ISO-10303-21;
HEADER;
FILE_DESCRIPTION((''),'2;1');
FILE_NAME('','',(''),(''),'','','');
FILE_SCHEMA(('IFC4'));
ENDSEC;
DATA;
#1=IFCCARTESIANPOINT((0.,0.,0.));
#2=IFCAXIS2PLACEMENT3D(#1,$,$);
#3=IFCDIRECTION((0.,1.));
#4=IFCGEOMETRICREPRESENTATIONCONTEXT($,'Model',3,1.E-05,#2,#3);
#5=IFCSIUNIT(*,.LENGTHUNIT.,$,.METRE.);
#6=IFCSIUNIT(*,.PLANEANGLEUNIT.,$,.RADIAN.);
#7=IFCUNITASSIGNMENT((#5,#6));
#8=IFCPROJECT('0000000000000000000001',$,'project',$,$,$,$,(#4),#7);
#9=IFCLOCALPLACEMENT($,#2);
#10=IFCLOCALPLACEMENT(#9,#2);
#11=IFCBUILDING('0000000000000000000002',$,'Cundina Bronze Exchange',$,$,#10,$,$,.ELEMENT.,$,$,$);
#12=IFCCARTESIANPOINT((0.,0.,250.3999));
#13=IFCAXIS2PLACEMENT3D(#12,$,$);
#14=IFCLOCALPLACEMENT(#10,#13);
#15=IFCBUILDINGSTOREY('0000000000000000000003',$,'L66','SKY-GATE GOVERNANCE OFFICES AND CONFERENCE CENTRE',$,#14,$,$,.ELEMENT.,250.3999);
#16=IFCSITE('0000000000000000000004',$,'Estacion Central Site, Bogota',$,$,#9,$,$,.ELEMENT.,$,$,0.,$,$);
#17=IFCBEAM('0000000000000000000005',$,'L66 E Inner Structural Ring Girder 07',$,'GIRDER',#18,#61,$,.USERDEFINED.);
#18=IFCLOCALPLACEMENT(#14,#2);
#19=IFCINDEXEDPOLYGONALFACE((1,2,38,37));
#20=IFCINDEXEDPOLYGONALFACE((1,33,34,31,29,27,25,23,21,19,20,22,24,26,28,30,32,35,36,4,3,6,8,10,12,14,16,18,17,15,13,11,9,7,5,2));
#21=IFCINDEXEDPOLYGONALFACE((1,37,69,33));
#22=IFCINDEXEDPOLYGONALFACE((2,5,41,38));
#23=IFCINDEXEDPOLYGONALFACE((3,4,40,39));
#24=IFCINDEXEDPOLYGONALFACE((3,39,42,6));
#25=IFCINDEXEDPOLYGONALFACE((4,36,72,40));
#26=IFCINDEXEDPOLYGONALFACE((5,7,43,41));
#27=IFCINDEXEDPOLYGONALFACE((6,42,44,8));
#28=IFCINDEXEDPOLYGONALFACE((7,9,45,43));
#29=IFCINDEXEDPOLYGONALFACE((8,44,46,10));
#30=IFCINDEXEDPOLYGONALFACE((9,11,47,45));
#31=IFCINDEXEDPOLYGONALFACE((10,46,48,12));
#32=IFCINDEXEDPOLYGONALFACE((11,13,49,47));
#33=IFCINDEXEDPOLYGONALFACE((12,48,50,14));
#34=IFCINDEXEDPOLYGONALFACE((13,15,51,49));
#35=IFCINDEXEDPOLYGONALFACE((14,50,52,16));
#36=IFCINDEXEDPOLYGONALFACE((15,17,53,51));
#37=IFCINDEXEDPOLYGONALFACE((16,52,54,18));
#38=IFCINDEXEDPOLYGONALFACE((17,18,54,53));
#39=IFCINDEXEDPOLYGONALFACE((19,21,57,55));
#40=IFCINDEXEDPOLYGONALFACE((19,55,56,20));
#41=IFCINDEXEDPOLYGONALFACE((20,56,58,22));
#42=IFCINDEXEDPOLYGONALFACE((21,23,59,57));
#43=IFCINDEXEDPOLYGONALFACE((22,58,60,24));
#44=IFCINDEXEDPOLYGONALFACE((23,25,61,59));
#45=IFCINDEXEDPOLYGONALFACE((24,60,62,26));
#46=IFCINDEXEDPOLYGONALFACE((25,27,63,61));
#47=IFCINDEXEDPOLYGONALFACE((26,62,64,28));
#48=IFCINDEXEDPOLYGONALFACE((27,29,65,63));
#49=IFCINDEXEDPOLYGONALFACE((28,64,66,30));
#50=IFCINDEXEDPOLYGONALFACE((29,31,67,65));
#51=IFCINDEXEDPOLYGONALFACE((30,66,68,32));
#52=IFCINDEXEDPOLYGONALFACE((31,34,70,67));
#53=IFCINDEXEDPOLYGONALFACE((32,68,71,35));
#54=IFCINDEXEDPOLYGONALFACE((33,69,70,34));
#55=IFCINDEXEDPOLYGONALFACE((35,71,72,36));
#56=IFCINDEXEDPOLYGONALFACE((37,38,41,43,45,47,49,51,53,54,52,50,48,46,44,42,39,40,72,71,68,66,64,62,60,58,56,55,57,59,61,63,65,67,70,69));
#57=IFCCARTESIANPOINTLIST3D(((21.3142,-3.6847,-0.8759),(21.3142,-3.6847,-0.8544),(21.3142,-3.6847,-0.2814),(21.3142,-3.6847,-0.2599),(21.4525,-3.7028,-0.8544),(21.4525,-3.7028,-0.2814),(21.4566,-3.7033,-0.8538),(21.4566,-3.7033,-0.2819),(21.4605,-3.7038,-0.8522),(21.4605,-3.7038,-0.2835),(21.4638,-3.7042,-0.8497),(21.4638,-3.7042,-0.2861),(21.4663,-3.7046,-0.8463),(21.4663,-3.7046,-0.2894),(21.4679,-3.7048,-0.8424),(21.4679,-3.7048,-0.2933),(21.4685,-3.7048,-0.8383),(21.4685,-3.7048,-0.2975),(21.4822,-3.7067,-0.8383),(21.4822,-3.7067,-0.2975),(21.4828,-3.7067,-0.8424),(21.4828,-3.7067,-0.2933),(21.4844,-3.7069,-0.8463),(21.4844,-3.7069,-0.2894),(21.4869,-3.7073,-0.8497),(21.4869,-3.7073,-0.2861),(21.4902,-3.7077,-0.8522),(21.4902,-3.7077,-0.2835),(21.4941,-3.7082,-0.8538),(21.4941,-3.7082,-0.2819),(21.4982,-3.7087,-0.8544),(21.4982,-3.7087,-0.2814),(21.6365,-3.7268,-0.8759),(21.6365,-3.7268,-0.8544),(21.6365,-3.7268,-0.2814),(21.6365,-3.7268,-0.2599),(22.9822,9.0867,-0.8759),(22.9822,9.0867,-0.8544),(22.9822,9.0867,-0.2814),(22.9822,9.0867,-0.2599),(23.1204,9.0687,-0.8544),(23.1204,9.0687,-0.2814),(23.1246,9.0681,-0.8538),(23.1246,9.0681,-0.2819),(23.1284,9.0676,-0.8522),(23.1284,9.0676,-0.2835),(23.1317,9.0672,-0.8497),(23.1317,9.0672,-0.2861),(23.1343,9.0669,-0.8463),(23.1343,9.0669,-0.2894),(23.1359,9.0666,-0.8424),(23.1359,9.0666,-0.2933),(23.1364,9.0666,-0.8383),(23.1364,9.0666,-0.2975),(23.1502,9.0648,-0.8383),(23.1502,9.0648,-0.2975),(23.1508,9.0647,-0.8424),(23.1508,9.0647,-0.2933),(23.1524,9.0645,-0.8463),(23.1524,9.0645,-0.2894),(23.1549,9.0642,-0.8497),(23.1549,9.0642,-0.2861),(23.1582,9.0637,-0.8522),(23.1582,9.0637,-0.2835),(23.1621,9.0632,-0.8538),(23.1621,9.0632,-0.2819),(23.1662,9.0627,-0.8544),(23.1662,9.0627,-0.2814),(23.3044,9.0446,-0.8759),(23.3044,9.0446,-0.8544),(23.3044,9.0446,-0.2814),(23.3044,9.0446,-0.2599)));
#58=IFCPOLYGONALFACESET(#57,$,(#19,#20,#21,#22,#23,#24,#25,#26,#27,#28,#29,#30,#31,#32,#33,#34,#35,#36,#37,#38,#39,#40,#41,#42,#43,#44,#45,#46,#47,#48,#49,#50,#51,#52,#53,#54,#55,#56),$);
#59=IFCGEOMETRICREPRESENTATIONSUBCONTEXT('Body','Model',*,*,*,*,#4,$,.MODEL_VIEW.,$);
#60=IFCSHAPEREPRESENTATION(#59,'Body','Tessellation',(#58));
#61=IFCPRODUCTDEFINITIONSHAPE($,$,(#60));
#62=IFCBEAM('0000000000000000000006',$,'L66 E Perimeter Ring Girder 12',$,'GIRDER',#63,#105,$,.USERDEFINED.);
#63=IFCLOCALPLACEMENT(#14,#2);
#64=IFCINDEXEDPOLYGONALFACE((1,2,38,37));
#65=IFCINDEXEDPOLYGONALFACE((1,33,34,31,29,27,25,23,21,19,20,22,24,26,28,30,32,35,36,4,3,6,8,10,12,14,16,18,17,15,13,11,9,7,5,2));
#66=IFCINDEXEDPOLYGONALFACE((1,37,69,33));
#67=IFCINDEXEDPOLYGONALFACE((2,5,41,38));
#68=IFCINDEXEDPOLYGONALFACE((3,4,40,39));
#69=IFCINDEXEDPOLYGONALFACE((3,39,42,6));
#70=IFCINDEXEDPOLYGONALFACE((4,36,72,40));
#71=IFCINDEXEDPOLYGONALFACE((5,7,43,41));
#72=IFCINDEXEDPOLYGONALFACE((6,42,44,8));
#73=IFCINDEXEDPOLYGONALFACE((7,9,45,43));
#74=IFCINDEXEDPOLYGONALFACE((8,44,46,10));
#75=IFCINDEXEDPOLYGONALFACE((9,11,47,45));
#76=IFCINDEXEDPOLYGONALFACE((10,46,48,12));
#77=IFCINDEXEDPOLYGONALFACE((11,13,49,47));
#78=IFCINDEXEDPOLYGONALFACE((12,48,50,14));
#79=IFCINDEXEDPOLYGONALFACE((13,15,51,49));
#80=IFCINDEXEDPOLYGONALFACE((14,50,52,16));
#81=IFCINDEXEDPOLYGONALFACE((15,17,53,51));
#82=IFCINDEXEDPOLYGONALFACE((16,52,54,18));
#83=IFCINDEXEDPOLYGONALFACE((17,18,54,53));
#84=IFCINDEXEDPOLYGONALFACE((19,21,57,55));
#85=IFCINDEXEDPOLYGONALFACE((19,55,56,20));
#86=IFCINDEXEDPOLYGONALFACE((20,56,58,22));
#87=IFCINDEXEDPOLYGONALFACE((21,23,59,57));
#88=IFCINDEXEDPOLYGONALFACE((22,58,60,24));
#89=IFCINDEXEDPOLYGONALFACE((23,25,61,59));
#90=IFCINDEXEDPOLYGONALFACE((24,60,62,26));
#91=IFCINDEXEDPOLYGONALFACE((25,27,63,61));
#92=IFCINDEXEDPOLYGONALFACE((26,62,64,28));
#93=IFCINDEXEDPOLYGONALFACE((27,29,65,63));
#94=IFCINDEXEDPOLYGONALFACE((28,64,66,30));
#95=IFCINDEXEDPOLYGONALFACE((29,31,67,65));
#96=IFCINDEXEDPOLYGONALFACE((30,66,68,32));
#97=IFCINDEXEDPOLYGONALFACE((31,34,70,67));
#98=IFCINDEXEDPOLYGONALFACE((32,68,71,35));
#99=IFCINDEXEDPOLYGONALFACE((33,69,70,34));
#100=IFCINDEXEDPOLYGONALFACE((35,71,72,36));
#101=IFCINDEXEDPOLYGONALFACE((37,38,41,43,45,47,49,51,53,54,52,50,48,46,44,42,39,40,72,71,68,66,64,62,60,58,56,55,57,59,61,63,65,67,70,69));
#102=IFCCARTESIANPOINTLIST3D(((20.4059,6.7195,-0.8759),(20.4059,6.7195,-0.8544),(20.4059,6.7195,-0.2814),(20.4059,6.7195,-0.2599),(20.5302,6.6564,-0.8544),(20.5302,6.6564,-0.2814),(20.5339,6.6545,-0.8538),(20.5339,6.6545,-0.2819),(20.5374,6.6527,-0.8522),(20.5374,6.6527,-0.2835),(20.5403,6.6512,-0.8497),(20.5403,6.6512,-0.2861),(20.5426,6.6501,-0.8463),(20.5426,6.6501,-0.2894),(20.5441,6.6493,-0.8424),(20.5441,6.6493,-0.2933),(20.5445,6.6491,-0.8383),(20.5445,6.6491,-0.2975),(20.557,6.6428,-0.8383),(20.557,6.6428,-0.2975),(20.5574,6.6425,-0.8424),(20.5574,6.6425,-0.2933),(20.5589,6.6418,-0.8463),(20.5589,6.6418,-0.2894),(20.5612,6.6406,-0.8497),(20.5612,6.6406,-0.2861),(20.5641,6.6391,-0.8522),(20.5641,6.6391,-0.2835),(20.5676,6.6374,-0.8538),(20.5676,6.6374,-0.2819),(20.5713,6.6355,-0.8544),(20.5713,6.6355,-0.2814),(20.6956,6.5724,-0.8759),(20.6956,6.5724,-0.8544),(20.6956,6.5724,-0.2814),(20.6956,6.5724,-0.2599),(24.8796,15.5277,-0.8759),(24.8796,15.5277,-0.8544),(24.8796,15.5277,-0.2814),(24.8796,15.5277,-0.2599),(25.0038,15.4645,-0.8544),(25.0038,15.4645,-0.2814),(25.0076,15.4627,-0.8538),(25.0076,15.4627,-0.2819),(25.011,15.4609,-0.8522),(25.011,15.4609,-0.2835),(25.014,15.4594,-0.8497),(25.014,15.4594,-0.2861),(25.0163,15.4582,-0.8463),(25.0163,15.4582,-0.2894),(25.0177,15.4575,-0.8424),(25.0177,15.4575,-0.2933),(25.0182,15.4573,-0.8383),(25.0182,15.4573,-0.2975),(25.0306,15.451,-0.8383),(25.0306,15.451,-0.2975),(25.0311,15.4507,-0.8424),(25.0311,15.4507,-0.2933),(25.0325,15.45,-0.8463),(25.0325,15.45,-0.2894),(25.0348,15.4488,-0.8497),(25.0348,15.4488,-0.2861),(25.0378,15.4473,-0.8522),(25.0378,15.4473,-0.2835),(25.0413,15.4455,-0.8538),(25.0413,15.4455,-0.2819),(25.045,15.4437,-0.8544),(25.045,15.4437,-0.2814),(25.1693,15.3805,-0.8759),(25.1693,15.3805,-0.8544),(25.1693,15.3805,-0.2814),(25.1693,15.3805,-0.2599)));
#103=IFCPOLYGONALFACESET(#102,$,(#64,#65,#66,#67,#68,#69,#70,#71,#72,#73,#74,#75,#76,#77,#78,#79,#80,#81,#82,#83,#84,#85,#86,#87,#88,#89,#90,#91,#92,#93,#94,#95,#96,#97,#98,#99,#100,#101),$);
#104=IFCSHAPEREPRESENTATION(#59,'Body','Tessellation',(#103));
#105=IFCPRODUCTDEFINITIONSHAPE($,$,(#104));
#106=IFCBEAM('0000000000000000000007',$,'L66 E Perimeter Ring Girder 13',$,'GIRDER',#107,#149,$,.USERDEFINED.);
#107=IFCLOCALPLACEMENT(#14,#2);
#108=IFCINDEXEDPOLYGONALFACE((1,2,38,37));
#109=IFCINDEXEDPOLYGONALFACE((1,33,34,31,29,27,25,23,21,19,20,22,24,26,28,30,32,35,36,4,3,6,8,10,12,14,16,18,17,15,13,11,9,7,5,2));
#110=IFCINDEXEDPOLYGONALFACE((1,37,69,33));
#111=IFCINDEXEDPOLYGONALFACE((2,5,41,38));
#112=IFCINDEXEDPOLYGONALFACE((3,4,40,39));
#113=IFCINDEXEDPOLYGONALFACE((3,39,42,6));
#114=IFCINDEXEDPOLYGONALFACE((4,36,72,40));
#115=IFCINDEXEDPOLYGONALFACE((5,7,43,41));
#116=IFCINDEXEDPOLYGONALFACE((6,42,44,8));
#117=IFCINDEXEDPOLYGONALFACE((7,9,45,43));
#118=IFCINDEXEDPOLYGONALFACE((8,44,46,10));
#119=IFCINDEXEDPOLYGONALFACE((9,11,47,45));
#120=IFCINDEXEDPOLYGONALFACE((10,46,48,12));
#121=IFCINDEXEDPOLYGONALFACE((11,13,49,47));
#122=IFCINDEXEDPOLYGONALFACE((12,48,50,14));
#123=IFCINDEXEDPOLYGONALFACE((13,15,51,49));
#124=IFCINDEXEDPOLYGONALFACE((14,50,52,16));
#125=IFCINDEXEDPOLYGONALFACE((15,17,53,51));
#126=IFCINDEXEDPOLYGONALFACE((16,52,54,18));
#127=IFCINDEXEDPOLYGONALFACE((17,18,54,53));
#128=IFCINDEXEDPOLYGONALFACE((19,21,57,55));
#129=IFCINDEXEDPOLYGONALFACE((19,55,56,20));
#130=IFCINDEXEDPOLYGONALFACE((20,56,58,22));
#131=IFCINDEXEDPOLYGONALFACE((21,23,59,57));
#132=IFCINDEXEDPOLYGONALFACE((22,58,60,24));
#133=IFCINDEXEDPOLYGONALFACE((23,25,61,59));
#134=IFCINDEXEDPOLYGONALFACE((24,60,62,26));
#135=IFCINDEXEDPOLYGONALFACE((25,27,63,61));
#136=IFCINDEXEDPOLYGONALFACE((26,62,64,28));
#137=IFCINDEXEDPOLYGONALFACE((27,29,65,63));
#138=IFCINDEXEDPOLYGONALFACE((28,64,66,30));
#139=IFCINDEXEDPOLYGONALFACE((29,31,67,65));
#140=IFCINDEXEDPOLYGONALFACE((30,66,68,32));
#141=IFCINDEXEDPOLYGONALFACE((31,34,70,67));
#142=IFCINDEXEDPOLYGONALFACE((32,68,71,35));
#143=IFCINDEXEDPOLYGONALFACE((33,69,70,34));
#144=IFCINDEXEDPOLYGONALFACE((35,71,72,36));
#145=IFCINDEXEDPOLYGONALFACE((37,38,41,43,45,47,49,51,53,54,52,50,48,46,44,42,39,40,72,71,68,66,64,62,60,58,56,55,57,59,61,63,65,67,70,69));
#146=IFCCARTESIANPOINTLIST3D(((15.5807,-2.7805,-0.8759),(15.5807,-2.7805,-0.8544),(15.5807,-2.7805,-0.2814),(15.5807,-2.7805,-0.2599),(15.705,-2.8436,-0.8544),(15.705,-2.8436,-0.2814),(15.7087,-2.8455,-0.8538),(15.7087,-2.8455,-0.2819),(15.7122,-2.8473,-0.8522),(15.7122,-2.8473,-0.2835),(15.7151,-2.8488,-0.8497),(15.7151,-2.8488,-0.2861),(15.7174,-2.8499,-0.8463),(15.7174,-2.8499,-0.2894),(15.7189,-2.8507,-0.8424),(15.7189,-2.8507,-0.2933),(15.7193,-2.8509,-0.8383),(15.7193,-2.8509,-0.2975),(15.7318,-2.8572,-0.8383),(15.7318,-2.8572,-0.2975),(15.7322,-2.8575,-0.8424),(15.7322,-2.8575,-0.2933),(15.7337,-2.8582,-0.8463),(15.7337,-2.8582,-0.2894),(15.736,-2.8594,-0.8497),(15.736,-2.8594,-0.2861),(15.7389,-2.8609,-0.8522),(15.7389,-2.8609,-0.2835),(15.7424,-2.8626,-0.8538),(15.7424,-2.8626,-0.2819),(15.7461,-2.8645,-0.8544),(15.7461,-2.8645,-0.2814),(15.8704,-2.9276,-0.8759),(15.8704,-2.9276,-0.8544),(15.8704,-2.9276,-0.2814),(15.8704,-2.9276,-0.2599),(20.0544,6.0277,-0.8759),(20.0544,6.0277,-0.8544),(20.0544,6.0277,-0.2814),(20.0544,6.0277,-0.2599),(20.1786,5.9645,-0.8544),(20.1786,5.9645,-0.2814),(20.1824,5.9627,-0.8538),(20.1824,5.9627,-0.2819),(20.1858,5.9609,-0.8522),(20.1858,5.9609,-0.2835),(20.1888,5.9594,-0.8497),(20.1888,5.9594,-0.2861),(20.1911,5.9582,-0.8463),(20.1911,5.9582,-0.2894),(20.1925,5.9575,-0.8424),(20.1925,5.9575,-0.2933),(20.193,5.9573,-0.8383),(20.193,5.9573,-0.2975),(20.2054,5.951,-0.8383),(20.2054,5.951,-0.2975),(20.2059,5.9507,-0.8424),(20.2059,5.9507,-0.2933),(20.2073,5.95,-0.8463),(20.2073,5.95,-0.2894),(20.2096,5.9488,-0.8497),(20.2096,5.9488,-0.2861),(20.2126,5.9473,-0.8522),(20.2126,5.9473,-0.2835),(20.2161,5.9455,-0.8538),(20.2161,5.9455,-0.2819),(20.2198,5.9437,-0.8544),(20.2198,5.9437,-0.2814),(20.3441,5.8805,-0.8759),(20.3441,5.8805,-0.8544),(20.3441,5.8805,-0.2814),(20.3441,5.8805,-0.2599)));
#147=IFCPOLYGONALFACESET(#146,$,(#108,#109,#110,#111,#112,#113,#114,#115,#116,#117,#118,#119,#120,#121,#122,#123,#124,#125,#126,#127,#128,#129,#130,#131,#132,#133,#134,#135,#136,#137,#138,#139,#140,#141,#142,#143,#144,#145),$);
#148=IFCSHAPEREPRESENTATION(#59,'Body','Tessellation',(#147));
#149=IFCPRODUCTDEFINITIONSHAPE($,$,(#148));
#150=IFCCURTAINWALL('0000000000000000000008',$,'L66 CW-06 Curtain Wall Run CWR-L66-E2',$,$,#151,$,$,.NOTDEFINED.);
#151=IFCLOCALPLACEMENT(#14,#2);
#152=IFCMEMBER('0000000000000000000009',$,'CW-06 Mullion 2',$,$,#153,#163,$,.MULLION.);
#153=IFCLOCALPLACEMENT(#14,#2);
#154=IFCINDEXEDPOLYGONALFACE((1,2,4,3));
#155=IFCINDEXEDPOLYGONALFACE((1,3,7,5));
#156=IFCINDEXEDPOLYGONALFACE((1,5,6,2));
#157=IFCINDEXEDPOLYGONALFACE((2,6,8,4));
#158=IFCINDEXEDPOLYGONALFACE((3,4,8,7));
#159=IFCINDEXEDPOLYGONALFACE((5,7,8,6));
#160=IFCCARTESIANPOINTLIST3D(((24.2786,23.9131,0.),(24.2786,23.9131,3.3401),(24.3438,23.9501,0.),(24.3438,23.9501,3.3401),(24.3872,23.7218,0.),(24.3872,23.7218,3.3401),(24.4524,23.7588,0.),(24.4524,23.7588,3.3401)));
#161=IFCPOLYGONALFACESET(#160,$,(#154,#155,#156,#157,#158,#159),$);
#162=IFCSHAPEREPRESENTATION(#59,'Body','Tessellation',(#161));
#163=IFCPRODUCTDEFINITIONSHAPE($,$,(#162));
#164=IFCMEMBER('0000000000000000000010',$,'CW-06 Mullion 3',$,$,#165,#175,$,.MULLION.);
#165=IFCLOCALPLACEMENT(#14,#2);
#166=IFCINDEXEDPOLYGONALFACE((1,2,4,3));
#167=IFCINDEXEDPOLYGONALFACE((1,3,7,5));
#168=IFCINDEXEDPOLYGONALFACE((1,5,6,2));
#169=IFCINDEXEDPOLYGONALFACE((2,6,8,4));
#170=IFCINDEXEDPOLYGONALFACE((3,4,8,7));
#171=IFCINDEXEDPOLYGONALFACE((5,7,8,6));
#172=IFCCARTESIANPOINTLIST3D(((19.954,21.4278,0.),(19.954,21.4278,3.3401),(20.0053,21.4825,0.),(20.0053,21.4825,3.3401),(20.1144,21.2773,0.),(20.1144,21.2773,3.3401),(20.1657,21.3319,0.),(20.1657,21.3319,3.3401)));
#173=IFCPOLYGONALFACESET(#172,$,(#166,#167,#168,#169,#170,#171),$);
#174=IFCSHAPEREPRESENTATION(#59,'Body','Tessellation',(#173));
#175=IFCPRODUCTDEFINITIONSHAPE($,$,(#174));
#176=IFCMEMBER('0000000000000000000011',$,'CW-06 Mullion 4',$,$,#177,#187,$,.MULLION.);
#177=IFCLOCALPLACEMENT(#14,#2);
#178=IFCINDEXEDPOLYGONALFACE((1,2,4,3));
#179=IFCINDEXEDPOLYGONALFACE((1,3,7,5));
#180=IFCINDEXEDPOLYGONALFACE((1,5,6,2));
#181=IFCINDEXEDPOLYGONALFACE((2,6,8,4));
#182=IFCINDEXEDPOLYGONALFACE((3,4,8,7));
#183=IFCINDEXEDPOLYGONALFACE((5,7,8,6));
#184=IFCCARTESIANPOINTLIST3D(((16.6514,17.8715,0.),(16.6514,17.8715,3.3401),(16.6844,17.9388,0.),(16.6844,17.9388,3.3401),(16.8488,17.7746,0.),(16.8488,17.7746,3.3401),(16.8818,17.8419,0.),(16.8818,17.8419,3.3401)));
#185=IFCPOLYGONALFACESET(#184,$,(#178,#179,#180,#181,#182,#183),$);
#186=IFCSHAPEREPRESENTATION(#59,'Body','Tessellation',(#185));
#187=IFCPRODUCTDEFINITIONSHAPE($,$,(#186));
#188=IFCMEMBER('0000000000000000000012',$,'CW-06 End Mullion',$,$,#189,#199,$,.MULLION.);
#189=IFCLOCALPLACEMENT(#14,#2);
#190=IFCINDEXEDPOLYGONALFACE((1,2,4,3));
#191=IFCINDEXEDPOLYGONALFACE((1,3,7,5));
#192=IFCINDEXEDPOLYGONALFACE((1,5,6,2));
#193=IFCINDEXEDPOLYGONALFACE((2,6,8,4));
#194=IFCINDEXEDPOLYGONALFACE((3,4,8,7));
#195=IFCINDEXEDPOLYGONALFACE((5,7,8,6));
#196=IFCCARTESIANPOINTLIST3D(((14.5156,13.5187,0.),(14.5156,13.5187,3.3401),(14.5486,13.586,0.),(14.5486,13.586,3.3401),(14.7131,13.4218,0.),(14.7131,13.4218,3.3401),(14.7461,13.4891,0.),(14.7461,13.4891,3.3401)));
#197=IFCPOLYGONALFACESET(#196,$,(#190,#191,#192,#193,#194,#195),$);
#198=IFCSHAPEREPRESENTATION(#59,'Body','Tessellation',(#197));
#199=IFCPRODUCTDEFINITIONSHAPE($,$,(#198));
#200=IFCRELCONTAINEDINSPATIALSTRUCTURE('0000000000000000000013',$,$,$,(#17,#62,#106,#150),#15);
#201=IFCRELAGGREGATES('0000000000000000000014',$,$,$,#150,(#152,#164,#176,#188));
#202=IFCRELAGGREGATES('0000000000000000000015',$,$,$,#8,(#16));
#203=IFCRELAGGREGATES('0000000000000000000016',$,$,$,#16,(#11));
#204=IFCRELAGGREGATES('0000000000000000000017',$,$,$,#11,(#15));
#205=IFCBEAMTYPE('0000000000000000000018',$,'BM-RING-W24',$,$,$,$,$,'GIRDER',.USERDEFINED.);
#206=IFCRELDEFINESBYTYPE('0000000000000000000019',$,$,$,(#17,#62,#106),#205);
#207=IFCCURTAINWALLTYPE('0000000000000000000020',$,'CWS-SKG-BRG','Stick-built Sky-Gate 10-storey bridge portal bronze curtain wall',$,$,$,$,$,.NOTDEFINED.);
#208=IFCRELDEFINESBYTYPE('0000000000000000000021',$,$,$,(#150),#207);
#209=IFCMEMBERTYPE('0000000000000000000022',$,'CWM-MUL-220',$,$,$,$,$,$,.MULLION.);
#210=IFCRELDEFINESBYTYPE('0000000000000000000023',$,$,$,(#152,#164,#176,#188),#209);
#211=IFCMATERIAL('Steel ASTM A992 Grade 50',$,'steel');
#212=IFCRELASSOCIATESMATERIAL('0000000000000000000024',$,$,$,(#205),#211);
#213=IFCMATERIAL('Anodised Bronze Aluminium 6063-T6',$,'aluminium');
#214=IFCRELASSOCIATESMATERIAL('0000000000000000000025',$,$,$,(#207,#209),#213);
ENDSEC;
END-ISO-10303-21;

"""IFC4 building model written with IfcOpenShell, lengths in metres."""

from ifc_helpers import new_model, si_unit, direction, frame, origin, origin_2d, place, context, subcontext, project, spatial, rectangle, i_section, extrude, material, material_profile, profile_set, type_object, element, aggregate, save


model = new_model("IFC4")

# Units and contexts
model_context = context("Model", 3, precision=1e-05, world=origin(), true_north=direction((0.0, 1.0)))
body_context = subcontext(model_context, "Body", "Model", "MODEL_VIEW")
ifc_project = project(units=[si_unit("LENGTHUNIT", "METRE"), si_unit("PLANEANGLEUNIT", "RADIAN")], contexts=[model_context])

# Site, building, storey
site_placement = place(None, origin())
site = spatial("IfcSite", under=ifc_project, at=site_placement, Name="Estacion Central Site, Bogota", CompositionType="ELEMENT", RefElevation=0.0)
building_placement = place(site_placement, origin())
building = spatial("IfcBuilding", under=site, at=building_placement, Name="Cundina Bronze Exchange", CompositionType="ELEMENT")
storey_placement = place(building_placement, frame((0.0, 0.0, 250.3999)))
storey = spatial("IfcBuildingStorey", under=building, at=storey_placement, Name="L66", Description="SKY-GATE GOVERNANCE OFFICES AND CONFERENCE CENTRE", CompositionType="ELEMENT", Elevation=250.3999)

# Beams
ifc_material_1 = material(Name="Steel ASTM A992 Grade 50", Category="steel")
ifc_material_profile_1 = material_profile(ifc_material_1, i_section(OverallWidth=0.325, OverallDepth=0.616, WebThickness=0.0139, FlangeThickness=0.0215, FilletRadius=0.0161, at=origin_2d()), Name="W24X117", Category="steel")
ifc_profile_set_1 = profile_set([ifc_material_profile_1], Name="Steel ASTM A992 Grade 50")
beam_type_1 = type_object("IfcBeamType", Name="BM-RING-W24", ElementType="GIRDER", PredefinedType="USERDEFINED", material=ifc_profile_set_1)
beam_placement = place(storey_placement, frame((23.1433, 9.0657, -0.5679), z_axis=(-0.129501, -0.991579, 0.0), x_axis=(0.991579, -0.129501, 0.0)))
element("IfcBeam", 1, at=beam_placement, inside=storey, type_object=beam_type_1, Name="L66 E Inner Structural Ring Girder 07", ObjectType="GIRDER", PredefinedType="USERDEFINED", context=body_context, shape_type="SweptSolid", body=[
    extrude(i_section(OverallWidth=0.325, OverallDepth=0.616, WebThickness=0.0139, FlangeThickness=0.0215, FilletRadius=0.0161, at=origin_2d()), origin(), (0.0, 0.0, 1.0), 12.8799),
])
for number, where, z_axis, x_axis, name in (
    (2, (25.0244, 15.4541, -0.5679), (-0.452839, -0.891592, 0.0), (0.891592, -0.452839, 0.0), "L66 E Perimeter Ring Girder 12"),
    (3, (20.1992, 5.9541, -0.5679), (-0.452839, -0.891592, 0.0), (0.891592, -0.452839, 0.0), "L66 E Perimeter Ring Girder 13"),
):
    element("IfcBeam", number, at=place(storey_placement, frame(where, z_axis=z_axis, x_axis=x_axis)), inside=storey, type_object=beam_type_1, Name=name, ObjectType="GIRDER", PredefinedType="USERDEFINED", context=body_context, shape_type="SweptSolid", body=[
        extrude(i_section(OverallWidth=0.325, OverallDepth=0.616, WebThickness=0.0139, FlangeThickness=0.0215, FilletRadius=0.0161, at=origin_2d()), origin(), (0.0, 0.0, 1.0), 9.8792),
    ])

# Curtain wall, members
ifc_material_2 = material(Name="Anodised Bronze Aluminium 6063-T6", Category="aluminium")
curtain_wall_type = type_object("IfcCurtainWallType", Name="CWS-SKG-BRG", Description="Stick-built Sky-Gate 10-storey bridge portal bronze curtain wall", PredefinedType="NOTDEFINED", material=ifc_material_2)
curtain_wall_1_placement = place(storey_placement, origin())
curtain_wall_1 = element("IfcCurtainWall", 4, at=curtain_wall_1_placement, inside=storey, type_object=curtain_wall_type, Name="L66 CW-06 Curtain Wall Run CWR-L66-E2", PredefinedType="NOTDEFINED")
ifc_material_profile_2 = material_profile(ifc_material_2, rectangle(XDim=0.075, YDim=0.22, at=origin_2d()), Name="AL75X220", Category="aluminium")
ifc_profile_set_2 = profile_set([ifc_material_profile_2], Name="Anodised Bronze Aluminium 6063-T6")
member_type_1 = type_object("IfcMemberType", Name="CWM-MUL-220", PredefinedType="MULLION", material=ifc_profile_set_2)
member_1_placement = place(storey_placement, frame((24.3655, 23.8359, 0.0), z_axis=(0.0, 0.0, 1.0), x_axis=(-0.869581, -0.49379, 0.0)))
member_1 = element("IfcMember", 5, at=member_1_placement, type_object=member_type_1, Name="CW-06 Mullion 2", PredefinedType="MULLION", context=body_context, shape_type="SweptSolid", body=[
    extrude(rectangle(XDim=0.075, YDim=0.22, at=origin_2d()), origin(), (0.0, 0.0, 1.0), 3.3401),
])
member_2_placement = place(storey_placement, frame((20.0598, 21.3799, 0.0), z_axis=(0.0, 0.0, 1.0), x_axis=(-0.684293, -0.729208, 0.0)))
member_2 = element("IfcMember", 6, at=member_2_placement, type_object=member_type_1, Name="CW-06 Mullion 3", PredefinedType="MULLION", context=body_context, shape_type="SweptSolid", body=[
    extrude(rectangle(XDim=0.075, YDim=0.22, at=origin_2d()), origin(), (0.0, 0.0, 1.0), 3.3401),
])
member_3_placement = place(storey_placement, frame((16.7666, 17.8567, 0.0), z_axis=(0.0, 0.0, 1.0), x_axis=(-0.440566, -0.89772, 0.0)))
member_3 = element("IfcMember", 7, at=member_3_placement, type_object=member_type_1, Name="CW-06 Mullion 4", PredefinedType="MULLION", context=body_context, shape_type="SweptSolid", body=[
    extrude(rectangle(XDim=0.075, YDim=0.22, at=origin_2d()), origin(), (0.0, 0.0, 1.0), 3.3401),
])
member_4_placement = place(storey_placement, frame((14.6309, 13.5039, 0.0), z_axis=(0.0, 0.0, 1.0), x_axis=(-0.440566, -0.89772, 0.0)))
member_4 = element("IfcMember", 8, at=member_4_placement, type_object=member_type_1, Name="CW-06 End Mullion", PredefinedType="MULLION", context=body_context, shape_type="SweptSolid", body=[
    extrude(rectangle(XDim=0.075, YDim=0.22, at=origin_2d()), origin(), (0.0, 0.0, 1.0), 3.3401),
])

aggregate(curtain_wall_1, [member_1, member_2, member_3, member_4])

save(model, "model.ifc")
